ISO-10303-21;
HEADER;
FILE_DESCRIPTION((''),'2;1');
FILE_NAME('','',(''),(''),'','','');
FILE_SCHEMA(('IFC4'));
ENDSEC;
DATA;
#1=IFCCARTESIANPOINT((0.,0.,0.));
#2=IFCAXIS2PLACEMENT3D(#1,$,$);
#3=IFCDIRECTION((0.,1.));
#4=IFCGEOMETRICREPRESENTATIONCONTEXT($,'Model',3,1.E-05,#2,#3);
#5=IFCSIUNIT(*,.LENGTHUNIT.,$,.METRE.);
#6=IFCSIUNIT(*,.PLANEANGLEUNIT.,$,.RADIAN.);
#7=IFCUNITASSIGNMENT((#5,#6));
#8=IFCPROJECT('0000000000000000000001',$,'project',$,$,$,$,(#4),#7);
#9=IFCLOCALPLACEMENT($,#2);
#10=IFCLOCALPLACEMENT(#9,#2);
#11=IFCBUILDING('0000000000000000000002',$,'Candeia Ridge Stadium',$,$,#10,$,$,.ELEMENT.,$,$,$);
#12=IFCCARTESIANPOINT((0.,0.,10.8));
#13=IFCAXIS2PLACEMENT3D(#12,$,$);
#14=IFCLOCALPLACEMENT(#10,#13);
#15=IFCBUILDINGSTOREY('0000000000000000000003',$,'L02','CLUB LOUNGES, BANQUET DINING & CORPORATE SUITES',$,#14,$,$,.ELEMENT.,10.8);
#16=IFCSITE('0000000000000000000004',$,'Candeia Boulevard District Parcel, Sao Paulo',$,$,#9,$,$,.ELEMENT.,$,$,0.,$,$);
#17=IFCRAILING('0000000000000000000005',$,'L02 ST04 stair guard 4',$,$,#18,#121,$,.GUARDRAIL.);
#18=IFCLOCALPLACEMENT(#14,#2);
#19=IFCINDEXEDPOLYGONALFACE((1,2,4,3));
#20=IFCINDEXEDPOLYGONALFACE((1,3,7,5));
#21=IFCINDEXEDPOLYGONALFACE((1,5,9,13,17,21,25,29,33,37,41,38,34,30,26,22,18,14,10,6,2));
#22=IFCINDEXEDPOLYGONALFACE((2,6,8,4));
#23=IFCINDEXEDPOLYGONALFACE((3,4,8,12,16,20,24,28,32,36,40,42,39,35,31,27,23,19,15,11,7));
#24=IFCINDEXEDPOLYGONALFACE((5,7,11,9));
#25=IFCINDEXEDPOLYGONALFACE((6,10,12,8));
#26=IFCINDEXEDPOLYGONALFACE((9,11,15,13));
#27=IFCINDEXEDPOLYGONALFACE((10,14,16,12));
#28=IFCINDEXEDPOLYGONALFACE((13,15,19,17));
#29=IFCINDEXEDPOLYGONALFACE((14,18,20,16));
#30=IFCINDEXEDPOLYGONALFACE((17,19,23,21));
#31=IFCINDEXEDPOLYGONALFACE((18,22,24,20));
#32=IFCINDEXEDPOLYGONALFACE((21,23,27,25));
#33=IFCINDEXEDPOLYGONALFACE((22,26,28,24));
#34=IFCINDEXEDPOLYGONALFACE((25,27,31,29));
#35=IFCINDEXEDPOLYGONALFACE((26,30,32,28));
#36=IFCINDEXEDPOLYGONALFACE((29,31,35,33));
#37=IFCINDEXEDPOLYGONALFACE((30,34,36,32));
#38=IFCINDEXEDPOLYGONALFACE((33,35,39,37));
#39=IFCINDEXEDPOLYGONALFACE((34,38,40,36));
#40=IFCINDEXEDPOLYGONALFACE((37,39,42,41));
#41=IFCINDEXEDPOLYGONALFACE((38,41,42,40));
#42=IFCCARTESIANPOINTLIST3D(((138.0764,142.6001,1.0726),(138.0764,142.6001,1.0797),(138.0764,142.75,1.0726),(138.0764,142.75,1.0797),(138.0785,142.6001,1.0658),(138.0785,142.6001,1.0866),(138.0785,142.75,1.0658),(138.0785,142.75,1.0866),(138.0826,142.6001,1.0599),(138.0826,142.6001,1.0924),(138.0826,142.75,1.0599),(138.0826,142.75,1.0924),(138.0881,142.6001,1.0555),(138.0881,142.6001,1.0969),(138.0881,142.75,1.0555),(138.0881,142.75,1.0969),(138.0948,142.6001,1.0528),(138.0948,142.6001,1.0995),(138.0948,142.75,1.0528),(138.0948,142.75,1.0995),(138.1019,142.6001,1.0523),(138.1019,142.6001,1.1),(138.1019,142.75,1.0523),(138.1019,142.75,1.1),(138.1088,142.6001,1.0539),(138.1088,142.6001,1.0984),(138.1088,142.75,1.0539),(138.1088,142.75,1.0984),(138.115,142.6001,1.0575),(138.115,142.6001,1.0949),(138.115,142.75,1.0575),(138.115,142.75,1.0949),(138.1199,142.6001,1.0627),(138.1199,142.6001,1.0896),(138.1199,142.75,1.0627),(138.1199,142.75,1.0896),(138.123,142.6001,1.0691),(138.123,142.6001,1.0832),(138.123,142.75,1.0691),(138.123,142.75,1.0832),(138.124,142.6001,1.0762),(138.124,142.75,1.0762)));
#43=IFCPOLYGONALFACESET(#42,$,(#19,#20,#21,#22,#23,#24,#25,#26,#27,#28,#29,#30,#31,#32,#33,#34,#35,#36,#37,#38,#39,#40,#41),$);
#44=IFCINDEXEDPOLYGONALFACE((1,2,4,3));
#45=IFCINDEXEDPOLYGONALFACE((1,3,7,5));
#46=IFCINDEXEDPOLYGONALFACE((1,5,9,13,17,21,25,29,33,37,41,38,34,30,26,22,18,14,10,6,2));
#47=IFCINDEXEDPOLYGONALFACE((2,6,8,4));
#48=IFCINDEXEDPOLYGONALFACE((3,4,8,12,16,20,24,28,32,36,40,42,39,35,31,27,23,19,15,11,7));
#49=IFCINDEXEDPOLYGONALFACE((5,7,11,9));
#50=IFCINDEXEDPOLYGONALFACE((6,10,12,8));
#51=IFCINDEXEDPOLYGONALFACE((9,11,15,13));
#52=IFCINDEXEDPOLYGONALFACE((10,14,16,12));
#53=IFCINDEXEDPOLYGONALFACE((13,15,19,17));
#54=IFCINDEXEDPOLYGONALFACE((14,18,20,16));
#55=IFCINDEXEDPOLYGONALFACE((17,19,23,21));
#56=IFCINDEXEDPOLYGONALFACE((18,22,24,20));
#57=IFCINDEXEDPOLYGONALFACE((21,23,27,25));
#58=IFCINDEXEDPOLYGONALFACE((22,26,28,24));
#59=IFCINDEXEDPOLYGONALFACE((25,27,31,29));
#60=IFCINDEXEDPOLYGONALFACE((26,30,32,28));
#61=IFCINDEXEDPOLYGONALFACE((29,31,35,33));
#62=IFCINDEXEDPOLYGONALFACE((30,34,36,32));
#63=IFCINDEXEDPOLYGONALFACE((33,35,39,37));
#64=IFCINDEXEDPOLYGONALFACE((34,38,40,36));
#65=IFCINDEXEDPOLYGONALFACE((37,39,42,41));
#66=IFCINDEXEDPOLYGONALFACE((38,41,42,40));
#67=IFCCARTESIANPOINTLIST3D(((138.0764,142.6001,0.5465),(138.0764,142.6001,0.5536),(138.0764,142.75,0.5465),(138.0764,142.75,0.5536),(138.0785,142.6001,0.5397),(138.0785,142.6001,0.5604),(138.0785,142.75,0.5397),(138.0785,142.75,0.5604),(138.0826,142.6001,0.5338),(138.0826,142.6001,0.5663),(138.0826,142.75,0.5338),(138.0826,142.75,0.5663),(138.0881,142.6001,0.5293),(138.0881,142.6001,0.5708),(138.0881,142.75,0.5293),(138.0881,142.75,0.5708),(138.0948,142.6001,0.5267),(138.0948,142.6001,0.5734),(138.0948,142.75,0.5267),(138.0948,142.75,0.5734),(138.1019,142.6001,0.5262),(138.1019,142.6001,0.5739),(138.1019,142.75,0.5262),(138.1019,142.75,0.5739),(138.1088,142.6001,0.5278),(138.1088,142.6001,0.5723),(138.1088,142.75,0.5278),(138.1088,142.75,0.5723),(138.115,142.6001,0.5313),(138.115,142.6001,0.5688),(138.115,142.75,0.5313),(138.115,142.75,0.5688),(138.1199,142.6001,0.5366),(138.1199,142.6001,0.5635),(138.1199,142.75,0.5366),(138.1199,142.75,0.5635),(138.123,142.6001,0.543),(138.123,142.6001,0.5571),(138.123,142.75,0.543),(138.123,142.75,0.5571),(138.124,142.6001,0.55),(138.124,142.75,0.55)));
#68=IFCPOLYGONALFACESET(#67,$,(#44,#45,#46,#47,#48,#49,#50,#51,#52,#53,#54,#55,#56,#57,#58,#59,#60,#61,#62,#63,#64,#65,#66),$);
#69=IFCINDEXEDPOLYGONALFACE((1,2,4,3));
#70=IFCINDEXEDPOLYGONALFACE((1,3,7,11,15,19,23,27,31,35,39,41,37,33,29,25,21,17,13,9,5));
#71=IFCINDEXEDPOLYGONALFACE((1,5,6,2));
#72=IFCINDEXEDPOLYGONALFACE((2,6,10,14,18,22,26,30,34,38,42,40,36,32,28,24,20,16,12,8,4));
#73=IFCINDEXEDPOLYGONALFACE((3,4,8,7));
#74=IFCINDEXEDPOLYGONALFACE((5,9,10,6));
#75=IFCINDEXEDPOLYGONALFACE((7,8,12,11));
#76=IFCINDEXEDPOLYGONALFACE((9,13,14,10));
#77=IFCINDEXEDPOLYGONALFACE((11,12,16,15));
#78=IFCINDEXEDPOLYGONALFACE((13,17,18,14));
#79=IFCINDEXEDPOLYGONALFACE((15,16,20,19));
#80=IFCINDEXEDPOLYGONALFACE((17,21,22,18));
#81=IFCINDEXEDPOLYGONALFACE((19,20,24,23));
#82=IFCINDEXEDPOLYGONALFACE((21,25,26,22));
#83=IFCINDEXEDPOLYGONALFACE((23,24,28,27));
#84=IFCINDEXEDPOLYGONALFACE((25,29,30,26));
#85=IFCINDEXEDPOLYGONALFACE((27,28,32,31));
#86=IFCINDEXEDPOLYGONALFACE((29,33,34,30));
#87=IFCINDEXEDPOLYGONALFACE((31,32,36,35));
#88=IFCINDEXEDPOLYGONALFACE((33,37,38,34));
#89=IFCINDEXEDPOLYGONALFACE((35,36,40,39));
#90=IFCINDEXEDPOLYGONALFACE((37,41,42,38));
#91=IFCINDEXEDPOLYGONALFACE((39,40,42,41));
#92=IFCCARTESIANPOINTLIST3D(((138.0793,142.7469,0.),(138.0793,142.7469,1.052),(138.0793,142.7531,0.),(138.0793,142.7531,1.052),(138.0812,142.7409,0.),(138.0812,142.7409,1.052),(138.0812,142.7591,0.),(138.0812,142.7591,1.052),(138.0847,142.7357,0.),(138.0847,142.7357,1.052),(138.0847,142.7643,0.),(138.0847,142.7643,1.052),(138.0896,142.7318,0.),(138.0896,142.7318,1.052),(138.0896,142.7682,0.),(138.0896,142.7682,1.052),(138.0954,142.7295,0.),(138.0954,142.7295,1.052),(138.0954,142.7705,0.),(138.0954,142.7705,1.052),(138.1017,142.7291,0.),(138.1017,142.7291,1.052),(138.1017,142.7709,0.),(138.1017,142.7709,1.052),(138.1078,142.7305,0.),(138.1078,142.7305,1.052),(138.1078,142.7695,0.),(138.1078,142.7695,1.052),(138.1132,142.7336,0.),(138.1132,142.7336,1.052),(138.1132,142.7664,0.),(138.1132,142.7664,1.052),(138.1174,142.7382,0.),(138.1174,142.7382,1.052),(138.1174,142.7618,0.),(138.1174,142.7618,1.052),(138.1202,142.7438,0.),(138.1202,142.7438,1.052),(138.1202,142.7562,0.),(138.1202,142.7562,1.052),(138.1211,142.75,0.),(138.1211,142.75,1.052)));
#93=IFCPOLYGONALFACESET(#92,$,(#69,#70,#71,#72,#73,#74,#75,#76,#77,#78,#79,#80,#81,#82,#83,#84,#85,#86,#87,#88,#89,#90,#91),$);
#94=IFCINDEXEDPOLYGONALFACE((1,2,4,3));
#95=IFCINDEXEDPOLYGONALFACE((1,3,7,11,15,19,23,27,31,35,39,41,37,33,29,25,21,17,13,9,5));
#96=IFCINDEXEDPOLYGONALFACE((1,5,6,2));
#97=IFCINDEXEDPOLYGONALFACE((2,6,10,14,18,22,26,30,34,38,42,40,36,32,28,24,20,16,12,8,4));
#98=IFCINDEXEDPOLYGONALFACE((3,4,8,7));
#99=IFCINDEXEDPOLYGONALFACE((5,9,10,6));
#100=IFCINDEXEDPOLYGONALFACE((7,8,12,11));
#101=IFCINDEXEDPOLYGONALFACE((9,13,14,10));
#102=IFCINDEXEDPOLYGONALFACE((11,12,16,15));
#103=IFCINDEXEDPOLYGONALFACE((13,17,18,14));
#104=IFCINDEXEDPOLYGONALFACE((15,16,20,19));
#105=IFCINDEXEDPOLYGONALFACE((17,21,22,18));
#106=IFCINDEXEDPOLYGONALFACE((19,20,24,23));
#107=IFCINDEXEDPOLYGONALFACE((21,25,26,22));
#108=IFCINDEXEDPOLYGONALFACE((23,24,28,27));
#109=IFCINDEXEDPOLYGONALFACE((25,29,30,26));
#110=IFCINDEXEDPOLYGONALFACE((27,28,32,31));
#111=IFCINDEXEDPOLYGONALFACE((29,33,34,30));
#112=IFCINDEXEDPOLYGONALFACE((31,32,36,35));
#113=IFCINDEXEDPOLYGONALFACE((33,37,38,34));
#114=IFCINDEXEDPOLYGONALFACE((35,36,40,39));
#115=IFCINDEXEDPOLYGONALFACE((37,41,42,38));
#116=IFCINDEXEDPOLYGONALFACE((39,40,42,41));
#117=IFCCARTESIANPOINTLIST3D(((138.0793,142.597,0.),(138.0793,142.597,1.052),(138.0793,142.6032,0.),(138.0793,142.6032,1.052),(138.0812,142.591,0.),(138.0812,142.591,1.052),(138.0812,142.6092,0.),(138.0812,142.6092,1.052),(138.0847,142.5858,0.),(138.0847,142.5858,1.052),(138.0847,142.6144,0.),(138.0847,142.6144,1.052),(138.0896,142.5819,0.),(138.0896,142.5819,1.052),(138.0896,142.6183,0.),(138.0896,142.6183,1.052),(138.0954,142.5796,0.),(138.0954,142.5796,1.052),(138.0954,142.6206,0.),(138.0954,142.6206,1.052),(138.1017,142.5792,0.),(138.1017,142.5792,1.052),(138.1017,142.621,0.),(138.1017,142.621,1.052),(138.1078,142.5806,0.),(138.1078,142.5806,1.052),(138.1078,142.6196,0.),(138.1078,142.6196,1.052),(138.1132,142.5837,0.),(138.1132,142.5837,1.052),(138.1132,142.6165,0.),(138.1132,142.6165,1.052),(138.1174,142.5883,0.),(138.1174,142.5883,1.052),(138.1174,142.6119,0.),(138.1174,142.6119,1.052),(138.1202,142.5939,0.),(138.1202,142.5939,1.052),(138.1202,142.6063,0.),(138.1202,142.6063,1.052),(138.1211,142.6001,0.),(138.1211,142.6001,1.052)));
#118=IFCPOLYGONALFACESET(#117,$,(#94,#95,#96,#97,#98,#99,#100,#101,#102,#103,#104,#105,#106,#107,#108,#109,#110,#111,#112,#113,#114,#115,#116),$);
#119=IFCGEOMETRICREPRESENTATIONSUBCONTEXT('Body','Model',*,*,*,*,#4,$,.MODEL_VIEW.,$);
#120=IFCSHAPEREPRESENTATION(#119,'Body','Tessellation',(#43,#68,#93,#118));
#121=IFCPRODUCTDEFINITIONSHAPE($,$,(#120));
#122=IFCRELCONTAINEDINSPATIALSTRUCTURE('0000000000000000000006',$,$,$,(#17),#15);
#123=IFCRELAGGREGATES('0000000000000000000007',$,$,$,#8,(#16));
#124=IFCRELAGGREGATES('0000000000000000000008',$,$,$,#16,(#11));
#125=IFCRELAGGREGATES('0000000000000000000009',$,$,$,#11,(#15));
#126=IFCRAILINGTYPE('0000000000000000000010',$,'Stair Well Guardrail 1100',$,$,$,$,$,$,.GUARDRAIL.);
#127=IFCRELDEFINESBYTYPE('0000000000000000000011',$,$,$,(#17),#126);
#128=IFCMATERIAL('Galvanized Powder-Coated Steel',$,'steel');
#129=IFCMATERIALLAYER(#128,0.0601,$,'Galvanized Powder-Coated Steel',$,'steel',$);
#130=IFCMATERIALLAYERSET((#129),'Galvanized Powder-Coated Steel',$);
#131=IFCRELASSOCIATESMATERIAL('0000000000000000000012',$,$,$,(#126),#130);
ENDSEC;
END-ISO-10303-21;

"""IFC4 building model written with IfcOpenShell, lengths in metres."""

from ifc_helpers import new_model, si_unit, direction, frame, origin, origin_2d, place, context, subcontext, project, spatial, circle, extrude, material, layer, layer_set, type_object, element, save


model = new_model("IFC4")

# Units and contexts
model_context = context("Model", 3, precision=1e-05, world=origin(), true_north=direction((0.0, 1.0)))
body_context = subcontext(model_context, "Body", "Model", "MODEL_VIEW")
ifc_project = project(units=[si_unit("LENGTHUNIT", "METRE"), si_unit("PLANEANGLEUNIT", "RADIAN")], contexts=[model_context])

# Site, building, storey
site_placement = place(None, origin())
site = spatial("IfcSite", under=ifc_project, at=site_placement, Name="Candeia Boulevard District Parcel, Sao Paulo", CompositionType="ELEMENT", RefElevation=0.0)
building_placement = place(site_placement, origin())
building = spatial("IfcBuilding", under=site, at=building_placement, Name="Candeia Ridge Stadium", CompositionType="ELEMENT")
storey_placement = place(building_placement, frame((0.0, 0.0, 10.8)))
storey = spatial("IfcBuildingStorey", under=building, at=storey_placement, Name="L02", Description="CLUB LOUNGES, BANQUET DINING & CORPORATE SUITES", CompositionType="ELEMENT", Elevation=10.8)

# Railing
ifc_material_1 = material(Name="Galvanized Powder-Coated Steel", Category="steel")
ifc_layer_1 = layer(ifc_material_1, 0.0601, Name="Galvanized Powder-Coated Steel", Category="steel")
ifc_layer_set_1 = layer_set([ifc_layer_1], Name="Galvanized Powder-Coated Steel")
railing_type_1 = type_object("IfcRailingType", Name="Stair Well Guardrail 1100", PredefinedType="GUARDRAIL", material=ifc_layer_set_1)
railing_1_placement = place(storey_placement, frame((138.1001, 142.75, 0.0)))
element("IfcRailing", 1, at=railing_1_placement, inside=storey, type_object=railing_type_1, Name="L02 ST04 stair guard 4", PredefinedType="GUARDRAIL", context=body_context, shape_type="SweptSolid", body=[
    extrude(circle(Radius=0.0239, at=origin_2d()), frame((0.0, 0.0, 1.0762), z_axis=(0.0, -1.0, 0.0), x_axis=(1.0, 0.0, 0.0)), (0.0, 0.0, 1.0), 0.1499),
    extrude(circle(Radius=0.0239, at=origin_2d()), frame((0.0, 0.0, 0.55), z_axis=(0.0, -1.0, 0.0), x_axis=(1.0, 0.0, 0.0)), (0.0, 0.0, 1.0), 0.1499),
    extrude(circle(Radius=0.021, at=origin_2d()), origin(), (0.0, 0.0, 1.0), 1.052),
    extrude(circle(Radius=0.021, at=origin_2d()), frame((0.0, -0.1499, 0.0)), (0.0, 0.0, 1.0), 1.052),
])

save(model, "model.ifc")
